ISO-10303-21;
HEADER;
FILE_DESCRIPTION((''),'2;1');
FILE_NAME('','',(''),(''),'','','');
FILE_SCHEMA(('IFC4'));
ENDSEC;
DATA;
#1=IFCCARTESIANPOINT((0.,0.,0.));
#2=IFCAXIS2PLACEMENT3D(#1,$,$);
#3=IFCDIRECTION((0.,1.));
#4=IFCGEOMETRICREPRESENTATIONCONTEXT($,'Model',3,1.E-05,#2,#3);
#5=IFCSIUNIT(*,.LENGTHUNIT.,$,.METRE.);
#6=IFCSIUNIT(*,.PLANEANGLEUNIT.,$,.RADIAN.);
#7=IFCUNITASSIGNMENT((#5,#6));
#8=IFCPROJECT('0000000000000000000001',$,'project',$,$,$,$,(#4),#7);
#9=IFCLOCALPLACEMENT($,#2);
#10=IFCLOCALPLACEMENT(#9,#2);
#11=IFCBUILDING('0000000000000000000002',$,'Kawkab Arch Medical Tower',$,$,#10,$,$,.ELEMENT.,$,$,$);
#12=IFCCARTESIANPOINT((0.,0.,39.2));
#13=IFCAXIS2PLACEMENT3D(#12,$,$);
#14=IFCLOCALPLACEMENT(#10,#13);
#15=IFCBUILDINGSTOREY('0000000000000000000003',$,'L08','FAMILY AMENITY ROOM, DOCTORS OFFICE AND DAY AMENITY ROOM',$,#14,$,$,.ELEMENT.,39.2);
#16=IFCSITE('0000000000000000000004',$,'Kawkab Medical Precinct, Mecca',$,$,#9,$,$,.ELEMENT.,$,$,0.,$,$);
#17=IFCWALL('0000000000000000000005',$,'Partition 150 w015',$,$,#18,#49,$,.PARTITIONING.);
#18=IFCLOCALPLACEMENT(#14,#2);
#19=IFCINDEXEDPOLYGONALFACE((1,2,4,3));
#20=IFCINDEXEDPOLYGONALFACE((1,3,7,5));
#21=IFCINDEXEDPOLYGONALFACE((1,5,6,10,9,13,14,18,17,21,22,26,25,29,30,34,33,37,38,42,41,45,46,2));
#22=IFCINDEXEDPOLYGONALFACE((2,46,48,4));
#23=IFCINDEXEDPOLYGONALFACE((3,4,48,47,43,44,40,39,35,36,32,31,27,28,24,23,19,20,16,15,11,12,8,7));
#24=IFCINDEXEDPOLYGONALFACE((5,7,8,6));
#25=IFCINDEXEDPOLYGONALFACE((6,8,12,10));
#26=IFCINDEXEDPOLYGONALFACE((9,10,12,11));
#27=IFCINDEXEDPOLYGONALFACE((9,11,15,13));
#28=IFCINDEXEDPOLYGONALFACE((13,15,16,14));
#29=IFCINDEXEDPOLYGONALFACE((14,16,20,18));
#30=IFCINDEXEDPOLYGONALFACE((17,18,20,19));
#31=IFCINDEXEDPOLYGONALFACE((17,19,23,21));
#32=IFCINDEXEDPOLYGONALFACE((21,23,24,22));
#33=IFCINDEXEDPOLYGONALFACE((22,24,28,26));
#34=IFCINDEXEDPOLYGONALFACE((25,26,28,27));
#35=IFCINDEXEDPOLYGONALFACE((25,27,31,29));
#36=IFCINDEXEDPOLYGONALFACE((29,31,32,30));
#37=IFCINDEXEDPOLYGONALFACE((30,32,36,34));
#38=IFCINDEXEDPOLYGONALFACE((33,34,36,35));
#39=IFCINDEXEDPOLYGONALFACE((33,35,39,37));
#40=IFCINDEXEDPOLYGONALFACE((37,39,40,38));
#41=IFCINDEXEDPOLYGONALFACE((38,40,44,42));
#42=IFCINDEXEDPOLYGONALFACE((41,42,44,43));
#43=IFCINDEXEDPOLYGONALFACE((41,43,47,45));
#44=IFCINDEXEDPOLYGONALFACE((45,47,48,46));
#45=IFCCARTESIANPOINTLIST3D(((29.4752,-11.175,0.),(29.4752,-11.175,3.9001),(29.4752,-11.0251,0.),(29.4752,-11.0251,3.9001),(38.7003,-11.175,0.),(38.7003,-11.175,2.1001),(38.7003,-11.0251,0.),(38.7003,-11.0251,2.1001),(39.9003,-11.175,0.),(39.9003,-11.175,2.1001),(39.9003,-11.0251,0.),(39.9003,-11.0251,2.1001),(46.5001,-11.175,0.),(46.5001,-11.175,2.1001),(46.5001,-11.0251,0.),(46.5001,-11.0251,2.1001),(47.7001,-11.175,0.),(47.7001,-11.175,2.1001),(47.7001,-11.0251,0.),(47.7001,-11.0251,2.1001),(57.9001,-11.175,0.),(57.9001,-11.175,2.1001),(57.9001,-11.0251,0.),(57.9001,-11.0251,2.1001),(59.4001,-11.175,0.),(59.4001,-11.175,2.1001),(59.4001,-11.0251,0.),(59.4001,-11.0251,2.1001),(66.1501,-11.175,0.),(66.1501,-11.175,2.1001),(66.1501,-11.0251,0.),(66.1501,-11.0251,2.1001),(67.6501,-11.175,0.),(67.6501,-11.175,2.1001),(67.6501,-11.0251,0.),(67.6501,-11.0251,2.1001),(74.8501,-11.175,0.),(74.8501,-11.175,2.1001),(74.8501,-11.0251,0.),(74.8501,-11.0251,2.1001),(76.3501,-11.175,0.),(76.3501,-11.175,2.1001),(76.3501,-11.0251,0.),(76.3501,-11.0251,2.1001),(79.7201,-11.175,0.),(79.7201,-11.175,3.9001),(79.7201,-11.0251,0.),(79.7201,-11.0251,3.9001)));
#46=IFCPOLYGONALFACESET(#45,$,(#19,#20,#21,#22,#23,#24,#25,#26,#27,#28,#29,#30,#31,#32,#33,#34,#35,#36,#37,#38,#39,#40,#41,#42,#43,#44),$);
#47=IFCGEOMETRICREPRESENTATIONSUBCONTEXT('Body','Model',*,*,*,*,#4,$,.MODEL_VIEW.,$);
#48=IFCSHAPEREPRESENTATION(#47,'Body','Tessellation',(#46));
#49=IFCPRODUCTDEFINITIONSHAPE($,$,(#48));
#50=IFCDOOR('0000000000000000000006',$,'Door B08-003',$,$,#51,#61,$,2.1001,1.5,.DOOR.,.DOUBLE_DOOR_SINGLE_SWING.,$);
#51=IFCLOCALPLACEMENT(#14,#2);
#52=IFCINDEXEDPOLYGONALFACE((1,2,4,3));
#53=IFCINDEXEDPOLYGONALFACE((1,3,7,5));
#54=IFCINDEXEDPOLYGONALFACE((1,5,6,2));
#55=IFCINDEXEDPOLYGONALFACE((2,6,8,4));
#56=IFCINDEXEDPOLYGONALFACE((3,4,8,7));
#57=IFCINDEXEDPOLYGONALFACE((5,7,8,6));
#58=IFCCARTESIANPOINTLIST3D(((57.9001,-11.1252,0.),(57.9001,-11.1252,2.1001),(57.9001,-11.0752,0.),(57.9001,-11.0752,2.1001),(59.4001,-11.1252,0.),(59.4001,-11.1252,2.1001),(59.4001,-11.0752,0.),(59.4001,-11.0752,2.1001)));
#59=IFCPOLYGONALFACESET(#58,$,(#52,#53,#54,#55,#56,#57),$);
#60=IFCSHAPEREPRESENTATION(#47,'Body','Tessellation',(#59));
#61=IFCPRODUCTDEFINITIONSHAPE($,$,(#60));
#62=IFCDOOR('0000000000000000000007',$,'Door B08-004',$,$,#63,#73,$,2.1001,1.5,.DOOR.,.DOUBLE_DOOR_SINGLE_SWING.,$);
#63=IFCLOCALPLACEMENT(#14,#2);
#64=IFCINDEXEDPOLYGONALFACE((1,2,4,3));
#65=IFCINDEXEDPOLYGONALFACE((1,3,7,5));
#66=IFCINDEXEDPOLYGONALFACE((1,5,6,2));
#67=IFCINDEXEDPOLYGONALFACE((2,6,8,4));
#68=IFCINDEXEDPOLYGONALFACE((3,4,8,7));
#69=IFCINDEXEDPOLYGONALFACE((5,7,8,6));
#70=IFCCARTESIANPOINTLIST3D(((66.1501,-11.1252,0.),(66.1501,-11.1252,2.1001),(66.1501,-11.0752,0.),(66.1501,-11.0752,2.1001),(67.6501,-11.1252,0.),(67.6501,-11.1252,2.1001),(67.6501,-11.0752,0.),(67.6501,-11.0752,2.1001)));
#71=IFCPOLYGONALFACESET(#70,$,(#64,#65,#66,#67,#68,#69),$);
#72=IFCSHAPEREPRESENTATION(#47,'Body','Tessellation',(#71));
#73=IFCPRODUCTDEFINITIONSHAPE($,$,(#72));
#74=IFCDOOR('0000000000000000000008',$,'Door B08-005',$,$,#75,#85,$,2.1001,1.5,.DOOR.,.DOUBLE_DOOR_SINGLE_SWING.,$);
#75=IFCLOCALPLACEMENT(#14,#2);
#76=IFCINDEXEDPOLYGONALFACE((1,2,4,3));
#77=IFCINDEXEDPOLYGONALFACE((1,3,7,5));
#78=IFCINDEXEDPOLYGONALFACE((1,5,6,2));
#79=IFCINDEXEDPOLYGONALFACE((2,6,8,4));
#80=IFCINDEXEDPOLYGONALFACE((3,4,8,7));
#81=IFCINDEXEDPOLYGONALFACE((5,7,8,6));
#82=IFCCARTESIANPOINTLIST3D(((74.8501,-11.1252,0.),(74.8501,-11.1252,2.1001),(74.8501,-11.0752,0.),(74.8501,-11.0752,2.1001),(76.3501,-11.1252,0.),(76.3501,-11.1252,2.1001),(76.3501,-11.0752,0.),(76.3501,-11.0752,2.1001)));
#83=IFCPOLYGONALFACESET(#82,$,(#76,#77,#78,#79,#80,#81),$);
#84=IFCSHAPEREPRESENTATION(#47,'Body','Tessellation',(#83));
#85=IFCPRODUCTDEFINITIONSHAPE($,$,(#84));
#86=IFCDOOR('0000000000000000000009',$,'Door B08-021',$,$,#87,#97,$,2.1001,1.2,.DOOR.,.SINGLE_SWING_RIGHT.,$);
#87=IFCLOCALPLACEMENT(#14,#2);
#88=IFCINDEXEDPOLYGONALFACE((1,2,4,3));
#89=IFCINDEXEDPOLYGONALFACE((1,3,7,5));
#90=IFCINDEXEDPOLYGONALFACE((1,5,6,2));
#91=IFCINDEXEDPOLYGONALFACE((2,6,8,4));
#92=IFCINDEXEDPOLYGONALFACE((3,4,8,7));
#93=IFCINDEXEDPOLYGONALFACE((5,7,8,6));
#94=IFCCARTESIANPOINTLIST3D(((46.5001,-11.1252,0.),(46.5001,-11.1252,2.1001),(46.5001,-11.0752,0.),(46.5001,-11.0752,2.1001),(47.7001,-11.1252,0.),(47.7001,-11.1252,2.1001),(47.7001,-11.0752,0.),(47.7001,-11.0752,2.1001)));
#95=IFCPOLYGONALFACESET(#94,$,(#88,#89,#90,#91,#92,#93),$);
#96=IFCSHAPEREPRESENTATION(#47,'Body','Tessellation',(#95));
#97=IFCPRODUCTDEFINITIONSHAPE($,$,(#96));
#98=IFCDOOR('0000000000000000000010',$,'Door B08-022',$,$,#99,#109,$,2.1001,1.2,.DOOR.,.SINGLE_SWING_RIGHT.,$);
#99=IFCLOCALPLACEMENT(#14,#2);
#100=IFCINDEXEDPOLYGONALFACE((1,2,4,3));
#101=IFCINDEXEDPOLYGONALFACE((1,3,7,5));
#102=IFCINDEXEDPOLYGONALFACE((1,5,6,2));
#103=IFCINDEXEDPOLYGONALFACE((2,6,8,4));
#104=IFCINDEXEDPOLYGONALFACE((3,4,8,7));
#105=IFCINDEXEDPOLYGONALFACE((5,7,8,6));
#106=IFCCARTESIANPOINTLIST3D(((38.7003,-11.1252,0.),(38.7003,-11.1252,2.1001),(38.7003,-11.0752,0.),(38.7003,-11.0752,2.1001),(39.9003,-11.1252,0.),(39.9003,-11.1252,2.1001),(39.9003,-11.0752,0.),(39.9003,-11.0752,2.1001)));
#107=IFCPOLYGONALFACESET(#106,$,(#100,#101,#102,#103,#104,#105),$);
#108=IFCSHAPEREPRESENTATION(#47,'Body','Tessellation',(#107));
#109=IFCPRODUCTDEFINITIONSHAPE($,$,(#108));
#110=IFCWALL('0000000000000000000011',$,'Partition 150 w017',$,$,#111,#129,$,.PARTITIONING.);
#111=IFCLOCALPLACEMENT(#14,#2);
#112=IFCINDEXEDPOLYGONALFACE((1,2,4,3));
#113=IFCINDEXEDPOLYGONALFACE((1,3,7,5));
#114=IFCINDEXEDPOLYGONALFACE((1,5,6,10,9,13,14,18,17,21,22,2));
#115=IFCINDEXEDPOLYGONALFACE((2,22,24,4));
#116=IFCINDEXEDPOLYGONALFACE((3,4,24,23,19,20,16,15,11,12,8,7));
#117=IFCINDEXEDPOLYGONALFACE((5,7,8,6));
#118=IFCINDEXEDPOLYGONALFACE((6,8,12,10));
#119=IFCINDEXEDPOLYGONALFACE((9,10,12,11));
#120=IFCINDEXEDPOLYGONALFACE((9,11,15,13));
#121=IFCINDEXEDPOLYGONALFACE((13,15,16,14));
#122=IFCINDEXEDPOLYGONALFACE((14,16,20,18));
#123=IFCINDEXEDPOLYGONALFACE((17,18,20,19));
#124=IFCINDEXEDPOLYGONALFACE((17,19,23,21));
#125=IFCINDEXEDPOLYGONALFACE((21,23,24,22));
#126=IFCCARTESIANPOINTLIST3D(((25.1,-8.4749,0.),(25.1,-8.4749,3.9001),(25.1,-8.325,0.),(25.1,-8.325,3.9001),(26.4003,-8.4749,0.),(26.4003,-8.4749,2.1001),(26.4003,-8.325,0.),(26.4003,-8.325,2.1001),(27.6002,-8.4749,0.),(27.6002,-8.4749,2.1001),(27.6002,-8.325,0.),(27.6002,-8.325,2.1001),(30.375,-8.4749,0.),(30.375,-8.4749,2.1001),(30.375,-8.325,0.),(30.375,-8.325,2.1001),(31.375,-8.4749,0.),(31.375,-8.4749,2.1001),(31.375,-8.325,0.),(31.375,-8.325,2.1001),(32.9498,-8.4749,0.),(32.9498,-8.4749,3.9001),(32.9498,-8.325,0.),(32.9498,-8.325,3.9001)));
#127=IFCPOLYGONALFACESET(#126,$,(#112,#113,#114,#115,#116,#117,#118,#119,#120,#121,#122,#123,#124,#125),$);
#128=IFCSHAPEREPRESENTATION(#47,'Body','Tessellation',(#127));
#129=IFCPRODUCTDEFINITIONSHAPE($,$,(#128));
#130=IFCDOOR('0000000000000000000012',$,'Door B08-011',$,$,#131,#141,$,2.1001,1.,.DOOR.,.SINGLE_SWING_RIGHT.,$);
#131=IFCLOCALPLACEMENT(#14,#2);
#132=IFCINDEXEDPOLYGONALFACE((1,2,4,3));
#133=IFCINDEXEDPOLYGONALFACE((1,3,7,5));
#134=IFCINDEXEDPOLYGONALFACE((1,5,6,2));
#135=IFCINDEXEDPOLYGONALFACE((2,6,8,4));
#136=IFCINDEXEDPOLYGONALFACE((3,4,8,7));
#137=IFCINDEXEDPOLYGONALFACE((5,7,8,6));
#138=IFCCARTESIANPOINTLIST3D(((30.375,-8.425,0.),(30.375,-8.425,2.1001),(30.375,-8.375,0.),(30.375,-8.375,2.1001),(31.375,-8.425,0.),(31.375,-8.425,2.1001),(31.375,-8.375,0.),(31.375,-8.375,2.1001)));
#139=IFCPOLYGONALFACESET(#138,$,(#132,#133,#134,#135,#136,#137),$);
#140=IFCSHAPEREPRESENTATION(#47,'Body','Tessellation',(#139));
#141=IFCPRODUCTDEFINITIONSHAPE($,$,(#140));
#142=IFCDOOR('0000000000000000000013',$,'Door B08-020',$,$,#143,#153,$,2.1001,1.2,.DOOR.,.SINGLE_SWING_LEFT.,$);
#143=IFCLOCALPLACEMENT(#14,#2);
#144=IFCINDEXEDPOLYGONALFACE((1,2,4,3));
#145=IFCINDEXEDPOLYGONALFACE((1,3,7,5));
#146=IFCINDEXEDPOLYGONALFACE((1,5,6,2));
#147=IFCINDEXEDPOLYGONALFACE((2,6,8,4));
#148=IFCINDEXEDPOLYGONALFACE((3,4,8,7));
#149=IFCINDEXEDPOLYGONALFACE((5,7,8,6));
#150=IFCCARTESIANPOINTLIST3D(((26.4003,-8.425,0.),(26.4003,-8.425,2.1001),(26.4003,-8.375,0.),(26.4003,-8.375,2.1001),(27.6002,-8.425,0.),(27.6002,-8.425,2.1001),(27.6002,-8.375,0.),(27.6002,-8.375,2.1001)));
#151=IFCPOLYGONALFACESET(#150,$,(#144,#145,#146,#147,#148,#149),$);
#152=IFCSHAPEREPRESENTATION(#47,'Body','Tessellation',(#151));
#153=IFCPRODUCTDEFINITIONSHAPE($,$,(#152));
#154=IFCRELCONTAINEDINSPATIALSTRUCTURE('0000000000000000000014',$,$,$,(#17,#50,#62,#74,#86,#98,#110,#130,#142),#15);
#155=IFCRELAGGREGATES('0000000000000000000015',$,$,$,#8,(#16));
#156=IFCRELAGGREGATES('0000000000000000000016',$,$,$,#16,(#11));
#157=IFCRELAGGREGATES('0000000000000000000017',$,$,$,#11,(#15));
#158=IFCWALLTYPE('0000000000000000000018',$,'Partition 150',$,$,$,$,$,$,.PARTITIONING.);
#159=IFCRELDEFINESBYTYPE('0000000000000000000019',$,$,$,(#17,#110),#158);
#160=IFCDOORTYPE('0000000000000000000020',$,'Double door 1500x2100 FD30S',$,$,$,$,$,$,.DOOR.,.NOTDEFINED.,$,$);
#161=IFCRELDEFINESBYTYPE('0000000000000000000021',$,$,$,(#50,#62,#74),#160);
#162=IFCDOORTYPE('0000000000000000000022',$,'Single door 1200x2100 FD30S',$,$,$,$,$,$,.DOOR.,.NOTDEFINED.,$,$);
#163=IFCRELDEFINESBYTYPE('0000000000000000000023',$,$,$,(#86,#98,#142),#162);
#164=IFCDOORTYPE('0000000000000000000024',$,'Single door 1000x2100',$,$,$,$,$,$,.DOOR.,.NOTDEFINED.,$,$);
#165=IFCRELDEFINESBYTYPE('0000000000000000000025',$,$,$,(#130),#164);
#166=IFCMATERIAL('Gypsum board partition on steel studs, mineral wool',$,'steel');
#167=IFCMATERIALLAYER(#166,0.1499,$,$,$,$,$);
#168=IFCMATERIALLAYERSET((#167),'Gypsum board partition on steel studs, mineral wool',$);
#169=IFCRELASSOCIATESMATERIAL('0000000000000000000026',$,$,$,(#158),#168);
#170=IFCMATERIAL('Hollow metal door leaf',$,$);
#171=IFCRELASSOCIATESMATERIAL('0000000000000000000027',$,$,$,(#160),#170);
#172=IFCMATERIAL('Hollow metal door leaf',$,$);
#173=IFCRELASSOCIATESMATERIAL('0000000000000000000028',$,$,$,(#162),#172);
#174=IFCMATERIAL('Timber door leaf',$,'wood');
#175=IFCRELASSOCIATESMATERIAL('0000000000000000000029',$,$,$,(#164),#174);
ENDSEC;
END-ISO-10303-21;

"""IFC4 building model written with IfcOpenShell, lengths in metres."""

from ifc_helpers import new_model, si_unit, direction, frame, frame_2d, origin, place, context, subcontext, project, spatial, rectangle, extrude, material, layer, layer_set, type_object, element, fill, save


model = new_model("IFC4")

# Units and contexts
model_context = context("Model", 3, precision=1e-05, world=origin(), true_north=direction((0.0, 1.0)))
body_context = subcontext(model_context, "Body", "Model", "MODEL_VIEW")
ifc_project = project(units=[si_unit("LENGTHUNIT", "METRE"), si_unit("PLANEANGLEUNIT", "RADIAN")], contexts=[model_context])

# Site, building, storey
site_placement = place(None, origin())
site = spatial("IfcSite", under=ifc_project, at=site_placement, Name="Kawkab Medical Precinct, Mecca", CompositionType="ELEMENT", RefElevation=0.0)
building_placement = place(site_placement, origin())
building = spatial("IfcBuilding", under=site, at=building_placement, Name="Kawkab Arch Medical Tower", CompositionType="ELEMENT")
storey_placement = place(building_placement, frame((0.0, 0.0, 39.2)))
storey = spatial("IfcBuildingStorey", under=building, at=storey_placement, Name="L08", Description="FAMILY AMENITY ROOM, DOCTORS OFFICE AND DAY AMENITY ROOM", CompositionType="ELEMENT", Elevation=39.2)

# Walls, openings, doors
ifc_material_1 = material(Name="Gypsum board partition on steel studs, mineral wool", Category="steel")
ifc_layer_1 = layer(ifc_material_1, 0.1499)
ifc_layer_set_1 = layer_set([ifc_layer_1], Name="Gypsum board partition on steel studs, mineral wool")
wall_type_1 = type_object("IfcWallType", Name="Partition 150", PredefinedType="PARTITIONING", material=ifc_layer_set_1)
wall_1_placement = place(storey_placement, frame((29.4751, -11.1001, 0.0), z_axis=(0.0, 0.0, 1.0), x_axis=(1.0, 0.0, 0.0)))
wall_1 = element("IfcWall", 1, at=wall_1_placement, inside=storey, type_object=wall_type_1, Name="Partition 150 w015", PredefinedType="PARTITIONING", context=body_context, shape_type="SweptSolid", body=[
    extrude(rectangle(XDim=50.2449, YDim=0.1499, at=frame_2d((25.1226, 0.0))), origin(), (0.0, 0.0, 1.0), 3.9001),
])
opening_1_placement = place(wall_1_placement, frame((17.0249, 0.0, 0.0)))
opening_1 = element("IfcOpeningElement", 2, at=opening_1_placement, cuts=wall_1, PredefinedType="OPENING", context=body_context, shape_type="SweptSolid", body=[
    extrude(rectangle(XDim=1.2, YDim=2.1001, at=frame_2d((0.6001, 1.05))), frame((0.0, 0.085, 0.0), z_axis=(0.0, -1.0, 0.0), x_axis=(1.0, 0.0, 0.0)), (0.0, 0.0, 1.0), 0.1699),
])
opening_2_placement = place(wall_1_placement, frame((9.2251, 0.0, 0.0)))
opening_2 = element("IfcOpeningElement", 3, at=opening_2_placement, cuts=wall_1, PredefinedType="OPENING", context=body_context, shape_type="SweptSolid", body=[
    extrude(rectangle(XDim=1.2, YDim=2.1001, at=frame_2d((0.6001, 1.05))), frame((0.0, 0.085, 0.0), z_axis=(0.0, -1.0, 0.0), x_axis=(1.0, 0.0, 0.0)), (0.0, 0.0, 1.0), 0.1699),
])
opening_3_placement = place(wall_1_placement, frame((28.425, 0.0, 0.0)))
opening_3 = element("IfcOpeningElement", 4, at=opening_3_placement, cuts=wall_1, PredefinedType="OPENING", context=body_context, shape_type="SweptSolid", body=[
    extrude(rectangle(XDim=1.5, YDim=2.1001, at=frame_2d((0.75, 1.05))), frame((0.0, 0.085, 0.0), z_axis=(0.0, -1.0, 0.0), x_axis=(1.0, 0.0, 0.0)), (0.0, 0.0, 1.0), 0.1699),
])
opening_4_placement = place(wall_1_placement, frame((36.675, 0.0, 0.0)))
opening_4 = element("IfcOpeningElement", 5, at=opening_4_placement, cuts=wall_1, PredefinedType="OPENING", context=body_context, shape_type="SweptSolid", body=[
    extrude(rectangle(XDim=1.5, YDim=2.1001, at=frame_2d((0.75, 1.05))), frame((0.0, 0.085, 0.0), z_axis=(0.0, -1.0, 0.0), x_axis=(1.0, 0.0, 0.0)), (0.0, 0.0, 1.0), 0.1699),
])
opening_5_placement = place(wall_1_placement, frame((45.375, 0.0, 0.0)))
opening_5 = element("IfcOpeningElement", 6, at=opening_5_placement, cuts=wall_1, PredefinedType="OPENING", context=body_context, shape_type="SweptSolid", body=[
    extrude(rectangle(XDim=1.5, YDim=2.1001, at=frame_2d((0.75, 1.05))), frame((0.0, 0.085, 0.0), z_axis=(0.0, -1.0, 0.0), x_axis=(1.0, 0.0, 0.0)), (0.0, 0.0, 1.0), 0.1699),
])
ifc_material_2 = material(Name="Hollow metal door leaf")
door_type_1 = type_object("IfcDoorType", Name="Double door 1500x2100 FD30S", OperationType="NOTDEFINED", PredefinedType="DOOR", material=ifc_material_2)
door_1_placement = place(opening_3_placement, origin())
door_1 = element("IfcDoor", 7, at=door_1_placement, inside=storey, type_object=door_type_1, Name="Door B08-003", OperationType="DOUBLE_DOOR_SINGLE_SWING", OverallHeight=2.1001, OverallWidth=1.5, PredefinedType="DOOR", context=body_context, shape_type="SweptSolid", body=[
    extrude(rectangle(XDim=1.5, YDim=2.1001, at=frame_2d((0.75, 1.05))), frame((0.0, 0.0249, 0.0), z_axis=(0.0, -1.0, 0.0), x_axis=(1.0, 0.0, 0.0)), (0.0, 0.0, 1.0), 0.05),
])
fill(opening_3, door_1)
door_2_placement = place(opening_4_placement, origin())
door_2 = element("IfcDoor", 8, at=door_2_placement, inside=storey, type_object=door_type_1, Name="Door B08-004", OperationType="DOUBLE_DOOR_SINGLE_SWING", OverallHeight=2.1001, OverallWidth=1.5, PredefinedType="DOOR", context=body_context, shape_type="SweptSolid", body=[
    extrude(rectangle(XDim=1.5, YDim=2.1001, at=frame_2d((0.75, 1.05))), frame((0.0, 0.0249, 0.0), z_axis=(0.0, -1.0, 0.0), x_axis=(1.0, 0.0, 0.0)), (0.0, 0.0, 1.0), 0.05),
])
fill(opening_4, door_2)
door_3_placement = place(opening_5_placement, origin())
door_3 = element("IfcDoor", 9, at=door_3_placement, inside=storey, type_object=door_type_1, Name="Door B08-005", OperationType="DOUBLE_DOOR_SINGLE_SWING", OverallHeight=2.1001, OverallWidth=1.5, PredefinedType="DOOR", context=body_context, shape_type="SweptSolid", body=[
    extrude(rectangle(XDim=1.5, YDim=2.1001, at=frame_2d((0.75, 1.05))), frame((0.0, 0.0249, 0.0), z_axis=(0.0, -1.0, 0.0), x_axis=(1.0, 0.0, 0.0)), (0.0, 0.0, 1.0), 0.05),
])
fill(opening_5, door_3)
ifc_material_3 = material(Name="Hollow metal door leaf")
door_type_2 = type_object("IfcDoorType", Name="Single door 1200x2100 FD30S", OperationType="NOTDEFINED", PredefinedType="DOOR", material=ifc_material_3)
door_4_placement = place(opening_1_placement, origin())
door_4 = element("IfcDoor", 10, at=door_4_placement, inside=storey, type_object=door_type_2, Name="Door B08-021", OperationType="SINGLE_SWING_RIGHT", OverallHeight=2.1001, OverallWidth=1.2, PredefinedType="DOOR", context=body_context, shape_type="SweptSolid", body=[
    extrude(rectangle(XDim=1.2, YDim=2.1001, at=frame_2d((0.6001, 1.05))), frame((0.0, 0.0249, 0.0), z_axis=(0.0, -1.0, 0.0), x_axis=(1.0, 0.0, 0.0)), (0.0, 0.0, 1.0), 0.05),
])
fill(opening_1, door_4)
door_5_placement = place(opening_2_placement, origin())
door_5 = element("IfcDoor", 11, at=door_5_placement, inside=storey, type_object=door_type_2, Name="Door B08-022", OperationType="SINGLE_SWING_RIGHT", OverallHeight=2.1001, OverallWidth=1.2, PredefinedType="DOOR", context=body_context, shape_type="SweptSolid", body=[
    extrude(rectangle(XDim=1.2, YDim=2.1001, at=frame_2d((0.6001, 1.05))), frame((0.0, 0.0249, 0.0), z_axis=(0.0, -1.0, 0.0), x_axis=(1.0, 0.0, 0.0)), (0.0, 0.0, 1.0), 0.05),
])
fill(opening_2, door_5)
wall_2_placement = place(storey_placement, frame((25.1001, -8.3999, 0.0), z_axis=(0.0, 0.0, 1.0), x_axis=(1.0, 0.0, 0.0)))
wall_2 = element("IfcWall", 12, at=wall_2_placement, inside=storey, type_object=wall_type_1, Name="Partition 150 w017", PredefinedType="PARTITIONING", context=body_context, shape_type="SweptSolid", body=[
    extrude(rectangle(XDim=7.8499, YDim=0.1499, at=frame_2d((3.9248, 0.0))), origin(), (0.0, 0.0, 1.0), 3.9001),
])
opening_6_placement = place(wall_2_placement, frame((1.3, 0.0, 0.0)))
opening_6 = element("IfcOpeningElement", 13, at=opening_6_placement, cuts=wall_2, PredefinedType="OPENING", context=body_context, shape_type="SweptSolid", body=[
    extrude(rectangle(XDim=1.2, YDim=2.1001, at=frame_2d((0.6001, 1.05))), frame((0.0, 0.085, 0.0), z_axis=(0.0, -1.0, 0.0), x_axis=(1.0, 0.0, 0.0)), (0.0, 0.0, 1.0), 0.1699),
])
opening_7_placement = place(wall_2_placement, frame((5.2749, 0.0, 0.0)))
opening_7 = element("IfcOpeningElement", 14, at=opening_7_placement, cuts=wall_2, PredefinedType="OPENING", context=body_context, shape_type="SweptSolid", body=[
    extrude(rectangle(XDim=1.0, YDim=2.1001, at=frame_2d((0.5, 1.05))), frame((0.0, 0.085, 0.0), z_axis=(0.0, -1.0, 0.0), x_axis=(1.0, 0.0, 0.0)), (0.0, 0.0, 1.0), 0.1699),
])
ifc_material_4 = material(Name="Timber door leaf", Category="wood")
door_type_3 = type_object("IfcDoorType", Name="Single door 1000x2100", OperationType="NOTDEFINED", PredefinedType="DOOR", material=ifc_material_4)
door_6_placement = place(opening_7_placement, origin())
door_6 = element("IfcDoor", 15, at=door_6_placement, inside=storey, type_object=door_type_3, Name="Door B08-011", OperationType="SINGLE_SWING_RIGHT", OverallHeight=2.1001, OverallWidth=1.0, PredefinedType="DOOR", context=body_context, shape_type="SweptSolid", body=[
    extrude(rectangle(XDim=1.0, YDim=2.1001, at=frame_2d((0.5, 1.05))), frame((0.0, 0.0249, 0.0), z_axis=(0.0, -1.0, 0.0), x_axis=(1.0, 0.0, 0.0)), (0.0, 0.0, 1.0), 0.05),
])
fill(opening_7, door_6)
door_7_placement = place(opening_6_placement, origin())
door_7 = element("IfcDoor", 16, at=door_7_placement, inside=storey, type_object=door_type_2, Name="Door B08-020", OperationType="SINGLE_SWING_LEFT", OverallHeight=2.1001, OverallWidth=1.2, PredefinedType="DOOR", context=body_context, shape_type="SweptSolid", body=[
    extrude(rectangle(XDim=1.2, YDim=2.1001, at=frame_2d((0.6001, 1.05))), frame((0.0, 0.0249, 0.0), z_axis=(0.0, -1.0, 0.0), x_axis=(1.0, 0.0, 0.0)), (0.0, 0.0, 1.0), 0.05),
])
fill(opening_6, door_7)

save(model, "model.ifc")
